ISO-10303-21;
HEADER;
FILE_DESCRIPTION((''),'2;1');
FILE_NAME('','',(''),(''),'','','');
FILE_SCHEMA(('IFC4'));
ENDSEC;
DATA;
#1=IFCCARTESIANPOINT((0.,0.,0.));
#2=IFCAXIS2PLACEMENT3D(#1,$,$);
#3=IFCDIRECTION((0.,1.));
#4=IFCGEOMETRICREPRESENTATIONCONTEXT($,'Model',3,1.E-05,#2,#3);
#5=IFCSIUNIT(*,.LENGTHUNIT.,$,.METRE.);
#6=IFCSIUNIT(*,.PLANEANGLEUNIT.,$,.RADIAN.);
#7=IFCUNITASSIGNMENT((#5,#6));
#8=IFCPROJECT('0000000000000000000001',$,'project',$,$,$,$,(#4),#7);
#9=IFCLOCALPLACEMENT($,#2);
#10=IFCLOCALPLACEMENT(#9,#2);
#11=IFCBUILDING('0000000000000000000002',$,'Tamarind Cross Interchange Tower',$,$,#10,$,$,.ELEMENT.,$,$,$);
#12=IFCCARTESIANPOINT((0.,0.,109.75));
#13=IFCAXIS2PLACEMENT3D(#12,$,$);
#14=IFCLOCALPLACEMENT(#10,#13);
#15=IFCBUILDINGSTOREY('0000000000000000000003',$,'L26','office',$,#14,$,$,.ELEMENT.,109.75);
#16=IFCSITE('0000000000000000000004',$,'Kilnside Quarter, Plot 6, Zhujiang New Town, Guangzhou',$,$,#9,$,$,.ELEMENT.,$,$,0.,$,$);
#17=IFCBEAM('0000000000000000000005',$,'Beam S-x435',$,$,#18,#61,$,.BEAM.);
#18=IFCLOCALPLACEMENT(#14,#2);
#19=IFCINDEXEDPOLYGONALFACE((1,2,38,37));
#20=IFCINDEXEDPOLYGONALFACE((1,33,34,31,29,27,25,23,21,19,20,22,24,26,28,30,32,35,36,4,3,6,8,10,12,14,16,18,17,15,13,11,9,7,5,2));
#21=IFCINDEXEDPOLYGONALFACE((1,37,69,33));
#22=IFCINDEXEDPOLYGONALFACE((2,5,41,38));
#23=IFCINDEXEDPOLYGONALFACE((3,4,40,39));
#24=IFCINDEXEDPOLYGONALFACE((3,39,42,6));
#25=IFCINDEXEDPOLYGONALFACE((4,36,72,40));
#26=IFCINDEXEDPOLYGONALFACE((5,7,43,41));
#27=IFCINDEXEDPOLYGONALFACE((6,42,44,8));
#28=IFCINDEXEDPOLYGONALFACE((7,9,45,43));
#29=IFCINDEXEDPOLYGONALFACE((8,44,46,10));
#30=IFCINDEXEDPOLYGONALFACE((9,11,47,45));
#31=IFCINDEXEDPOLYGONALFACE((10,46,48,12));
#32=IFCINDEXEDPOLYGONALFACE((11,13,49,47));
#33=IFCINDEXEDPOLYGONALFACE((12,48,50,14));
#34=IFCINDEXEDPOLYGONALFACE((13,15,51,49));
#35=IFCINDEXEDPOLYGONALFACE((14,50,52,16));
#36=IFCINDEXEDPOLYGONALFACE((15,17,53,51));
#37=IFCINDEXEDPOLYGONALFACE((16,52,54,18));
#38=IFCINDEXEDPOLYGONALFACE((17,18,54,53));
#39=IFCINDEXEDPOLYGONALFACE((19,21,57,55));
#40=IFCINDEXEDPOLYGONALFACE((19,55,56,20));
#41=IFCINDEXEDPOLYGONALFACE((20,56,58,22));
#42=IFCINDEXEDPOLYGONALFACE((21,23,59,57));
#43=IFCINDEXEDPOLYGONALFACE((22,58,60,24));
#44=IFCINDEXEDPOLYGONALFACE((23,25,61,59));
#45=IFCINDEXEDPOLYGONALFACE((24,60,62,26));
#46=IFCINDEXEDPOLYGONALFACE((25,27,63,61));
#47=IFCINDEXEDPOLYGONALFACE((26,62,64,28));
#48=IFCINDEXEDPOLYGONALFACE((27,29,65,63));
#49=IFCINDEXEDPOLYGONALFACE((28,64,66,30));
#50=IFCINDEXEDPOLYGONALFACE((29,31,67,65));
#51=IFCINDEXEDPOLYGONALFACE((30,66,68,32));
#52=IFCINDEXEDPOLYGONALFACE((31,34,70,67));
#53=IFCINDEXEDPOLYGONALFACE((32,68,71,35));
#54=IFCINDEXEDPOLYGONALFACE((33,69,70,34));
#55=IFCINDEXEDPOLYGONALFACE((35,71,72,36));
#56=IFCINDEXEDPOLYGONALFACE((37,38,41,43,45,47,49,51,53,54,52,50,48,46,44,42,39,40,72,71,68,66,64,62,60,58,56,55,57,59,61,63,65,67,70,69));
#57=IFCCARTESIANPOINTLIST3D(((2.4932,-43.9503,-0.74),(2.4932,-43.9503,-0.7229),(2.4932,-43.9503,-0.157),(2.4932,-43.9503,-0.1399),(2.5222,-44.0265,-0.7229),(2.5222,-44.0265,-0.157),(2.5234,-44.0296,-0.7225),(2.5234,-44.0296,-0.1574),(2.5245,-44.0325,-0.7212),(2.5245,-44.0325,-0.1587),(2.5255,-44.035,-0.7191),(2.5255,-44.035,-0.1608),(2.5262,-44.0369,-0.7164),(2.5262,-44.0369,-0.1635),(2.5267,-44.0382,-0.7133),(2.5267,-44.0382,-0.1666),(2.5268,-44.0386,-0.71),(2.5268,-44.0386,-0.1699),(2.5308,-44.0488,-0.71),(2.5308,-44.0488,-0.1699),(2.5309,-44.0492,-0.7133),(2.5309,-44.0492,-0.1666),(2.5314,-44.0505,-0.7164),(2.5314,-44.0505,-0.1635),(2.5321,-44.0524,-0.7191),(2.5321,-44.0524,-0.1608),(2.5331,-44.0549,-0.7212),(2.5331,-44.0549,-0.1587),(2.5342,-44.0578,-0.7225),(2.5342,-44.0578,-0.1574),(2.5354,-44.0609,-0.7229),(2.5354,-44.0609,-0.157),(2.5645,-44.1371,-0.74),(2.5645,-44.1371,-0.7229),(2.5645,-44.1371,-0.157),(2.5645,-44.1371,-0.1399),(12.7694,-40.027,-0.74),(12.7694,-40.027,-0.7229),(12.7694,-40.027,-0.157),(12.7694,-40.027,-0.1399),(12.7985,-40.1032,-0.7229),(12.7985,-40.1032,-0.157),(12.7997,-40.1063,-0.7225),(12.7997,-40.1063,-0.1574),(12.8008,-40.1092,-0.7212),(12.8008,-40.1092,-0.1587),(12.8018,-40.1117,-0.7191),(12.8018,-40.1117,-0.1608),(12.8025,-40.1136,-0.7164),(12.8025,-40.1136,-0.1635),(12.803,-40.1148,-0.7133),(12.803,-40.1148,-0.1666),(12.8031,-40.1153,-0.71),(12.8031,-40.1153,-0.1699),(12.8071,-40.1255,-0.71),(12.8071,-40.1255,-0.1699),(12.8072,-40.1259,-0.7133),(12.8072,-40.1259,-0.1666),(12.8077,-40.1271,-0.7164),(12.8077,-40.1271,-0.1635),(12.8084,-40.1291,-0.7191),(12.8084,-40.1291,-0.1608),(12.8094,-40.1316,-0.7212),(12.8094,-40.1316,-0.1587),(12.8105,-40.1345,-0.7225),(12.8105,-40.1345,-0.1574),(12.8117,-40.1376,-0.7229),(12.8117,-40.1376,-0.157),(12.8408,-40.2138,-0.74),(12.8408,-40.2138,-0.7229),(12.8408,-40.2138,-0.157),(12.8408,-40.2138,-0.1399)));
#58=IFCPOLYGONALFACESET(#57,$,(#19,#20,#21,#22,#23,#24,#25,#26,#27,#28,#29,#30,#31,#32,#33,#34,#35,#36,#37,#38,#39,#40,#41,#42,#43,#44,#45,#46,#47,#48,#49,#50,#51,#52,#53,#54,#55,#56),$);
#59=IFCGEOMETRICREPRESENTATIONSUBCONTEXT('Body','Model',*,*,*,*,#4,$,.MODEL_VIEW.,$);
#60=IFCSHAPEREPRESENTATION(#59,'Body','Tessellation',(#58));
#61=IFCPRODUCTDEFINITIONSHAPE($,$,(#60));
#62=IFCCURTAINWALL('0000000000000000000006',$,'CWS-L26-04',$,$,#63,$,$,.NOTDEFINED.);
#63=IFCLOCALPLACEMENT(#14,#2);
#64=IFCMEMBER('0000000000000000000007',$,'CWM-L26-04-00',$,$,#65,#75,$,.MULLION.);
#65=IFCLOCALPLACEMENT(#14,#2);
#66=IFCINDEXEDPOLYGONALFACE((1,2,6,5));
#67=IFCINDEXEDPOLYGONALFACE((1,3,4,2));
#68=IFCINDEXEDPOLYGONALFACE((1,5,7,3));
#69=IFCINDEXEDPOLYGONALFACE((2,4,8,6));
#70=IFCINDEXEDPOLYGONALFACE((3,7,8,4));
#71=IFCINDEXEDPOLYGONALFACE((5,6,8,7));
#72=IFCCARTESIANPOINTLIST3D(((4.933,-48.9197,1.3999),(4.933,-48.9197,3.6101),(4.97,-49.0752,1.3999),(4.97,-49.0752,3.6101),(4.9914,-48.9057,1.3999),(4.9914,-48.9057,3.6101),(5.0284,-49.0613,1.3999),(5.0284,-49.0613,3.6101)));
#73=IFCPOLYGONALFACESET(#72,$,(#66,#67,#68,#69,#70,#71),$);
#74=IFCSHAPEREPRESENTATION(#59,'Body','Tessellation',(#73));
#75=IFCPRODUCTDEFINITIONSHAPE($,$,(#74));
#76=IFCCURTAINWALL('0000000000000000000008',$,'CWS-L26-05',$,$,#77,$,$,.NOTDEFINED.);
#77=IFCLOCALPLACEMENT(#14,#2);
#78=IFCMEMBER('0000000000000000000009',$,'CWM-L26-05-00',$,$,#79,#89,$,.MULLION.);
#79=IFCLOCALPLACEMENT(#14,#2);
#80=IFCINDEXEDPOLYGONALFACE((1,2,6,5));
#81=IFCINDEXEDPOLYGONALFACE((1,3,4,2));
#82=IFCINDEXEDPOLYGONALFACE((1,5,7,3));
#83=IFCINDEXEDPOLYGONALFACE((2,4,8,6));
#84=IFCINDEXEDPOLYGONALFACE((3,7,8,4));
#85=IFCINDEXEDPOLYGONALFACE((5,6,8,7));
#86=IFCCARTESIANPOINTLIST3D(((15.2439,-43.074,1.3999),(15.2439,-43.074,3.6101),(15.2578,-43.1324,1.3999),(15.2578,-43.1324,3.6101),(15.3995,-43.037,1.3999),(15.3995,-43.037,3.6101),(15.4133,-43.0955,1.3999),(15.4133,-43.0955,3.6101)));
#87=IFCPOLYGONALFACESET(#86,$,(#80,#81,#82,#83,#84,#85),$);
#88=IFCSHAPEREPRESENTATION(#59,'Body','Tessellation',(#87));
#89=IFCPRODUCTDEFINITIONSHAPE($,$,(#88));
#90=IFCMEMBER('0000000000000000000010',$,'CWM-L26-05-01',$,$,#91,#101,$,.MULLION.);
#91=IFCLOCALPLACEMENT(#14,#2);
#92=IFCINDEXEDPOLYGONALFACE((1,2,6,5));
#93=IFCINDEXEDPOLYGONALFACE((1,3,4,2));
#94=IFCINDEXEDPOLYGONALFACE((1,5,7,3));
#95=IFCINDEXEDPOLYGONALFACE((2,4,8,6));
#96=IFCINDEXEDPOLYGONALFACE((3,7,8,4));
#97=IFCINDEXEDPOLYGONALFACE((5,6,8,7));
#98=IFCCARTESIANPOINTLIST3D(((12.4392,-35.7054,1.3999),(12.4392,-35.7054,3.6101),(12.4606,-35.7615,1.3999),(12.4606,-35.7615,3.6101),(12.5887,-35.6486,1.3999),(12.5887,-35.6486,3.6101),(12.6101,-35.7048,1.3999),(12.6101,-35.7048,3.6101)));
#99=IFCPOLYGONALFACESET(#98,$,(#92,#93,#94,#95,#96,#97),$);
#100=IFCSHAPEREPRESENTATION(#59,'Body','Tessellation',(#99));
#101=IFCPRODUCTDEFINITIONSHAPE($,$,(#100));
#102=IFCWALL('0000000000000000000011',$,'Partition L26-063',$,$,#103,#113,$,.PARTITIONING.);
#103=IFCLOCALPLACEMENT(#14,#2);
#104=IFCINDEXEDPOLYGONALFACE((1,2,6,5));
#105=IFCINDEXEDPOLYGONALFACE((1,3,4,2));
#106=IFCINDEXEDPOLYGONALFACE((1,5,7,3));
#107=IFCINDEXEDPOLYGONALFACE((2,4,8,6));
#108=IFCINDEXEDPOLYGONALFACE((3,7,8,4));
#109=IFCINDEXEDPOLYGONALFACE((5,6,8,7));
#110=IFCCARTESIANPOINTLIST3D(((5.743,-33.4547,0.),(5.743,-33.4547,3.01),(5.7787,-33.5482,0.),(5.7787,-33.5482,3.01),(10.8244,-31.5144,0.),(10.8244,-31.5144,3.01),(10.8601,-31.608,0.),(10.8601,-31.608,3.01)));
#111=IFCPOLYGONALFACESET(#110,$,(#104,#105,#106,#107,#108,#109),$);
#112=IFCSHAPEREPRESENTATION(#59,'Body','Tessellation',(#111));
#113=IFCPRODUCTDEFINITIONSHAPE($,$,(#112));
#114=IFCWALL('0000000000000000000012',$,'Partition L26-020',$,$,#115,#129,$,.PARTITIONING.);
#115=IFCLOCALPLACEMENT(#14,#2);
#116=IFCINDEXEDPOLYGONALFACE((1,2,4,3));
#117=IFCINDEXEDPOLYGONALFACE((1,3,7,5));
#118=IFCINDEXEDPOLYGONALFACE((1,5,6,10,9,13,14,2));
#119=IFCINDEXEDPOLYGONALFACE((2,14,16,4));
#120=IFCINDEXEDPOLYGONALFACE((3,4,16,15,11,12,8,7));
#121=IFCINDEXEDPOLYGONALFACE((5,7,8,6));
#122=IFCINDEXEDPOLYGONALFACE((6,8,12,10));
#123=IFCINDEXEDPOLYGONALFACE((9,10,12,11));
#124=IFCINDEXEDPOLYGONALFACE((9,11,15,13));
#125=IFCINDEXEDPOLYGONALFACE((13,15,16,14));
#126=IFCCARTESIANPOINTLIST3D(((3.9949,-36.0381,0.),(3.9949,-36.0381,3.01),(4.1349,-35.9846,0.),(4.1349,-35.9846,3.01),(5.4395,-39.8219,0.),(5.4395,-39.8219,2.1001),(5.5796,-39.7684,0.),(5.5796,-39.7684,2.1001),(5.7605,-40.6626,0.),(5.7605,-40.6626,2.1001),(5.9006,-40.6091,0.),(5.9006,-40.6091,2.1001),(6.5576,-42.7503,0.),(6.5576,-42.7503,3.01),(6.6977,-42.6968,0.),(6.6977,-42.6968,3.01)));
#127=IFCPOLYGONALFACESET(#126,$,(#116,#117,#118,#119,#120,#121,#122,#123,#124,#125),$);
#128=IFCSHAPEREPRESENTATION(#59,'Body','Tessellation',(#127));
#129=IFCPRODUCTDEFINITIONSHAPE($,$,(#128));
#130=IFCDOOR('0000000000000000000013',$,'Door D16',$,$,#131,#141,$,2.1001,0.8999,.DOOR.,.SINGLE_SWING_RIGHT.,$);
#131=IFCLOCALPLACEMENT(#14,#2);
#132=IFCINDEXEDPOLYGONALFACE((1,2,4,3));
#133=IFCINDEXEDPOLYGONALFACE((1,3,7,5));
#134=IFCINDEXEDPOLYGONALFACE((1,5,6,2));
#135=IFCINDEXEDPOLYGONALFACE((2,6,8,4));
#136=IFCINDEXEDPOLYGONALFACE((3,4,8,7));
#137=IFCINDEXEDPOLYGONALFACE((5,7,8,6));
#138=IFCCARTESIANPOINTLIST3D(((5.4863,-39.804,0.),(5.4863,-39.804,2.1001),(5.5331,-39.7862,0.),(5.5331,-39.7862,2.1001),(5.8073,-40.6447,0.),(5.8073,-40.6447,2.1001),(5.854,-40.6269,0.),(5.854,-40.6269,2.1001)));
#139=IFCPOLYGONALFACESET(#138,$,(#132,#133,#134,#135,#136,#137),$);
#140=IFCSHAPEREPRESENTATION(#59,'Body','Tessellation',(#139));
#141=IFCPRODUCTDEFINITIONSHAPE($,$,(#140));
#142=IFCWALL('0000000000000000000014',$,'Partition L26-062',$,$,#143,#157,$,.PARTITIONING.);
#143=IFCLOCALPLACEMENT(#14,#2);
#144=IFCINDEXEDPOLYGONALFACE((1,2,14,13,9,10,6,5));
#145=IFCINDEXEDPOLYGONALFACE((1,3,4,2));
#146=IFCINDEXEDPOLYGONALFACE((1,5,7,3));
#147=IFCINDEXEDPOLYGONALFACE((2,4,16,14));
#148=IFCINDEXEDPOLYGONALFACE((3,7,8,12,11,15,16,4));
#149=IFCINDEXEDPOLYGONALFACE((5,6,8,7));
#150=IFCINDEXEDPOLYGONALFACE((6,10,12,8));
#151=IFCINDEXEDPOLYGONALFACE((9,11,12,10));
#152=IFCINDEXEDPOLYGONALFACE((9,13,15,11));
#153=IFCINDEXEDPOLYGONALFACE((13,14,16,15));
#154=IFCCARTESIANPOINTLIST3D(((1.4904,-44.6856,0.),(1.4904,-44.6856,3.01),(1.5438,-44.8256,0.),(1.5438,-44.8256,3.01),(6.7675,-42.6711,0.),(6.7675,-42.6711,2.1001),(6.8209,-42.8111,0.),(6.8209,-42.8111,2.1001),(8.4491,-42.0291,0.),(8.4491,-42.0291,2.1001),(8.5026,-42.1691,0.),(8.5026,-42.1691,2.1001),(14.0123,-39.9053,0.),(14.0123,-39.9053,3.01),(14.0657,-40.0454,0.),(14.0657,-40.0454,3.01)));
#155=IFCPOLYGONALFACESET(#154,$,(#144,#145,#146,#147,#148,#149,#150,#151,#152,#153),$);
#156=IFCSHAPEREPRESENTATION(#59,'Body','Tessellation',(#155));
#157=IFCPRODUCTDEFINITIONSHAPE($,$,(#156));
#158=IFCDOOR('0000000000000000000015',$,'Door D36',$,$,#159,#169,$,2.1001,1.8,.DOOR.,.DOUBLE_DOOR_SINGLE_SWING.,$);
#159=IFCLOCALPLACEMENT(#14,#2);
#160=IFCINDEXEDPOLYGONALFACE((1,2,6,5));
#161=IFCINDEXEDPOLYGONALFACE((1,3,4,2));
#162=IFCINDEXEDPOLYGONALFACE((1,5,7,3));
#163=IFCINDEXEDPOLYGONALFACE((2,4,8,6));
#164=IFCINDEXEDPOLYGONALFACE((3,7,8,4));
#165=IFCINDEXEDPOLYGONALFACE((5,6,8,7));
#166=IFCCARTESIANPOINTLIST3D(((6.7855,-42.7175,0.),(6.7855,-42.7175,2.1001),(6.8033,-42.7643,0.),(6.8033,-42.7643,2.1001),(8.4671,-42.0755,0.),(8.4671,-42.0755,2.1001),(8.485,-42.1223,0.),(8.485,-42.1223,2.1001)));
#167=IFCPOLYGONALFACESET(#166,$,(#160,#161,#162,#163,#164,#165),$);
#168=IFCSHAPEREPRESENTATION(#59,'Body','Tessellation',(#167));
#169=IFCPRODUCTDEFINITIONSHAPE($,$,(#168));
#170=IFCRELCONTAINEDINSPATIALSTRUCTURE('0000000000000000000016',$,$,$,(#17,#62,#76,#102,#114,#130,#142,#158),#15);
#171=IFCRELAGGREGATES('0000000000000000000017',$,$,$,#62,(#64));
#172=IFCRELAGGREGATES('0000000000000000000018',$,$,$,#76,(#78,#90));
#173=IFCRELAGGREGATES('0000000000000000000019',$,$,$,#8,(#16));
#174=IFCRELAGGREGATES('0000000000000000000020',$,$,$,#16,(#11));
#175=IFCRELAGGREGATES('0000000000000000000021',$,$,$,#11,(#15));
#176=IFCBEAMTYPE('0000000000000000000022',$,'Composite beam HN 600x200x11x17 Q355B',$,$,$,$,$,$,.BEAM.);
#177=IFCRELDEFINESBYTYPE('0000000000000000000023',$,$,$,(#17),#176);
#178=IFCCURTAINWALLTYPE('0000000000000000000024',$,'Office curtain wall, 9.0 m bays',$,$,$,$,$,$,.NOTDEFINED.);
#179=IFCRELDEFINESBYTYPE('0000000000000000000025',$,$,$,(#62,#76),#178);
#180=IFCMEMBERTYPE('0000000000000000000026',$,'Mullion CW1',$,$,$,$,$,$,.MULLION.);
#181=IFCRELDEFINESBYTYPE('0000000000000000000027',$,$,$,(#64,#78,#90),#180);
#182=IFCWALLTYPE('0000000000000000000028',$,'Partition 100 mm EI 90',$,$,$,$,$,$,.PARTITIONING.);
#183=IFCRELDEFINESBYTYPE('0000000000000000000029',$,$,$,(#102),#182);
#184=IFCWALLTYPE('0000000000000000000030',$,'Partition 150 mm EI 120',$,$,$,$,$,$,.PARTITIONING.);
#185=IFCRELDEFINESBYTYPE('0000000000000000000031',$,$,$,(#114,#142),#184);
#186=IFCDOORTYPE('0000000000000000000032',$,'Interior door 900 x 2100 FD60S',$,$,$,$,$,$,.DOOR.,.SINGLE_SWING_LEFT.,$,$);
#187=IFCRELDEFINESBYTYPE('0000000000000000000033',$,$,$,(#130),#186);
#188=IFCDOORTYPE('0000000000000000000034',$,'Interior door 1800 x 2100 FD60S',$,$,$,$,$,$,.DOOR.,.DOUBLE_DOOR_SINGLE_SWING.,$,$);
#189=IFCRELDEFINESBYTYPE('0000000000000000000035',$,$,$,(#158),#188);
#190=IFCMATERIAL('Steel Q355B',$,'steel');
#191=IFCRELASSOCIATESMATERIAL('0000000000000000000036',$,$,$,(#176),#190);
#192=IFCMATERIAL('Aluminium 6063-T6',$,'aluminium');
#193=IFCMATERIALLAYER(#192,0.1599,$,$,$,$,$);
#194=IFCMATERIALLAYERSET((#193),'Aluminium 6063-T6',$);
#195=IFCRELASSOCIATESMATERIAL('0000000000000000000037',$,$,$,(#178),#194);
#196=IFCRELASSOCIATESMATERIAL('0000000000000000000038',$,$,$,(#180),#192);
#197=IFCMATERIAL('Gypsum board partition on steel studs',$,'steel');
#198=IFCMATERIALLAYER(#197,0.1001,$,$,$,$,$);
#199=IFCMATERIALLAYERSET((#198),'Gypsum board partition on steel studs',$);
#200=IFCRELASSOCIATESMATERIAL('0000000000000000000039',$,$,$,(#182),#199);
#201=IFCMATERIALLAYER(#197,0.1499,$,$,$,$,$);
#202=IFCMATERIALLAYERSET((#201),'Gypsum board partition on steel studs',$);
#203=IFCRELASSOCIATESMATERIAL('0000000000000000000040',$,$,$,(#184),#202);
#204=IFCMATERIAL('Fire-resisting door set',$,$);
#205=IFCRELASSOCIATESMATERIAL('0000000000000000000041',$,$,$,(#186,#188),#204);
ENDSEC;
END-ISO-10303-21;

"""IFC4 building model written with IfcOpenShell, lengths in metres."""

from ifc_helpers import new_model, si_unit, direction, frame, frame_2d, origin, origin_2d, place, context, subcontext, project, spatial, rectangle, i_section, extrude, material, layer, layer_set, material_profile, profile_set, type_object, element, fill, aggregate, save


model = new_model("IFC4")

# Units and contexts
model_context = context("Model", 3, precision=1e-05, world=origin(), true_north=direction((0.0, 1.0)))
body_context = subcontext(model_context, "Body", "Model", "MODEL_VIEW")
ifc_project = project(units=[si_unit("LENGTHUNIT", "METRE"), si_unit("PLANEANGLEUNIT", "RADIAN")], contexts=[model_context])

# Site, building, storey
site_placement = place(None, origin())
site = spatial("IfcSite", under=ifc_project, at=site_placement, Name="Kilnside Quarter, Plot 6, Zhujiang New Town, Guangzhou", CompositionType="ELEMENT", RefElevation=0.0)
building_placement = place(site_placement, origin())
building = spatial("IfcBuilding", under=site, at=building_placement, Name="Tamarind Cross Interchange Tower", CompositionType="ELEMENT")
storey_placement = place(building_placement, frame((0.0, 0.0, 109.75)))
storey = spatial("IfcBuildingStorey", under=building, at=storey_placement, Name="L26", Description="office", CompositionType="ELEMENT", Elevation=109.75)

# Beam
ifc_material_1 = material(Name="Steel Q355B", Category="steel")
ifc_material_profile_1 = material_profile(ifc_material_1, i_section(OverallWidth=0.2, OverallDepth=0.6001, WebThickness=0.011, FlangeThickness=0.0171, FilletRadius=0.0129, at=origin_2d()), Name="HN 600x200x11x17")
ifc_profile_set_1 = profile_set([ifc_material_profile_1], Name="Steel Q355B")
beam_type_1 = type_object("IfcBeamType", Name="Composite beam HN 600x200x11x17 Q355B", PredefinedType="BEAM", material=ifc_profile_set_1)
for number, where, z_axis, x_axis, name in (
    (1, (2.5288, -44.0437, -0.4399), (0.934229, 0.356673, 0.0), (-0.356673, 0.934229, 0.0), "Beam S-x435"),
):
    element("IfcBeam", number, at=place(storey_placement, frame(where, z_axis=z_axis, x_axis=x_axis)), inside=storey, type_object=beam_type_1, Name=name, PredefinedType="BEAM", context=body_context, shape_type="SweptSolid", body=[
        extrude(i_section(OverallWidth=0.2, OverallDepth=0.6001, WebThickness=0.011, FlangeThickness=0.0171, FilletRadius=0.0129, at=origin_2d()), origin(), (0.0, 0.0, 1.0), 10.9998),
    ])

# Curtain wall, member
ifc_material_2 = material(Name="Aluminium 6063-T6", Category="aluminium")
ifc_layer_1 = layer(ifc_material_2, 0.1599)
ifc_layer_set_1 = layer_set([ifc_layer_1], Name="Aluminium 6063-T6")
curtain_wall_type = type_object("IfcCurtainWallType", Name="Office curtain wall, 9.0 m bays", PredefinedType="NOTDEFINED", material=ifc_layer_set_1)
curtain_wall_1_placement = place(storey_placement, origin())
curtain_wall_1 = element("IfcCurtainWall", 2, at=curtain_wall_1_placement, inside=storey, type_object=curtain_wall_type, Name="CWS-L26-04", PredefinedType="NOTDEFINED")
ifc_material_profile_2 = material_profile(ifc_material_2, rectangle(XDim=0.0601, YDim=0.1599, at=origin_2d()), Name="Mullion CW1")
ifc_profile_set_2 = profile_set([ifc_material_profile_2], Name="Aluminium 6063-T6")
member_type = type_object("IfcMemberType", Name="Mullion CW1", PredefinedType="MULLION", material=ifc_profile_set_2)
member_1_placement = place(storey_placement, frame((4.9807, -48.9905, 1.3999), z_axis=(0.0, 0.0, 1.0), x_axis=(0.972792, 0.23168, 0.0)))
member_1 = element("IfcMember", 3, at=member_1_placement, type_object=member_type, Name="CWM-L26-04-00", PredefinedType="MULLION", context=body_context, shape_type="SweptSolid", body=[
    extrude(rectangle(XDim=0.0601, YDim=0.1599, at=origin_2d()), origin(), (0.0, 0.0, 1.0), 2.2102),
])
aggregate(curtain_wall_1, [member_1])

# Curtain wall, members
curtain_wall_2_placement = place(storey_placement, origin())
curtain_wall_2 = element("IfcCurtainWall", 4, at=curtain_wall_2_placement, inside=storey, type_object=curtain_wall_type, Name="CWS-L26-05", PredefinedType="NOTDEFINED")
member_2_placement = place(storey_placement, frame((15.3286, -43.0847, 1.3999), z_axis=(0.0, 0.0, 1.0), x_axis=(-0.230906, 0.972976, 0.0)))
member_2 = element("IfcMember", 5, at=member_2_placement, type_object=member_type, Name="CWM-L26-05-00", PredefinedType="MULLION", context=body_context, shape_type="SweptSolid", body=[
    extrude(rectangle(XDim=0.0601, YDim=0.1599, at=origin_2d()), origin(), (0.0, 0.0, 1.0), 2.2102),
])
member_3_placement = place(storey_placement, frame((12.5247, -35.7051, 1.3999), z_axis=(0.0, 0.0, 1.0), x_axis=(-0.355186, 0.934796, 0.0)))
member_3 = element("IfcMember", 6, at=member_3_placement, type_object=member_type, Name="CWM-L26-05-01", PredefinedType="MULLION", context=body_context, shape_type="SweptSolid", body=[
    extrude(rectangle(XDim=0.0601, YDim=0.1599, at=origin_2d()), origin(), (0.0, 0.0, 1.0), 2.2102),
])
aggregate(curtain_wall_2, [member_2, member_3])

# Wall
ifc_material_3 = material(Name="Gypsum board partition on steel studs", Category="steel")
ifc_layer_2 = layer(ifc_material_3, 0.1001)
ifc_layer_set_2 = layer_set([ifc_layer_2], Name="Gypsum board partition on steel studs")
wall_type_1 = type_object("IfcWallType", Name="Partition 100 mm EI 90", PredefinedType="PARTITIONING", material=ifc_layer_set_2)
wall_1_placement = place(storey_placement, frame((5.7607, -33.5015, 0.0), z_axis=(0.0, 0.0, 1.0), x_axis=(0.934215, 0.35671, 0.0)))
element("IfcWall", 7, at=wall_1_placement, inside=storey, type_object=wall_type_1, Name="Partition L26-063", PredefinedType="PARTITIONING", context=body_context, shape_type="SweptSolid", body=[
    extrude(rectangle(XDim=5.4392, YDim=0.1001, at=frame_2d((2.7197, 0.0))), origin(), (0.0, 0.0, 1.0), 3.01),
])

# Walls, openings, doors
ifc_layer_3 = layer(ifc_material_3, 0.1499)
ifc_layer_set_3 = layer_set([ifc_layer_3], Name="Gypsum board partition on steel studs")
wall_type_2 = type_object("IfcWallType", Name="Partition 150 mm EI 120", PredefinedType="PARTITIONING", material=ifc_layer_set_3)
wall_2_placement = place(storey_placement, frame((4.0649, -36.0115, 0.0), z_axis=(0.0, 0.0, 1.0), x_axis=(0.356692, -0.934222, 0.0)))
wall_2 = element("IfcWall", 8, at=wall_2_placement, inside=storey, type_object=wall_type_2, Name="Partition L26-020", PredefinedType="PARTITIONING", context=body_context, shape_type="SweptSolid", body=[
    extrude(rectangle(XDim=7.1848, YDim=0.1499, at=frame_2d((3.5923, 0.0))), origin(), (0.0, 0.0, 1.0), 3.01),
])
opening_1_placement = place(wall_2_placement, frame((4.05, 0.0, 0.0)))
opening_1 = element("IfcOpeningElement", 9, at=opening_1_placement, cuts=wall_2, PredefinedType="OPENING", context=body_context, shape_type="SweptSolid", body=[
    extrude(rectangle(XDim=0.8999, YDim=2.1001, at=frame_2d((0.45, 1.05))), frame((0.0, 0.085, 0.0), z_axis=(0.0, -1.0, 0.0), x_axis=(1.0, 0.0, 0.0)), (0.0, 0.0, 1.0), 0.1699),
])
ifc_material_4 = material(Name="Fire-resisting door set")
door_type_1 = type_object("IfcDoorType", Name="Interior door 900 x 2100 FD60S", OperationType="SINGLE_SWING_LEFT", PredefinedType="DOOR", material=ifc_material_4)
door_1_placement = place(opening_1_placement, frame((0.8999, 0.0, 0.0), z_axis=(0.0, 0.0, 1.0), x_axis=(-1.0, 0.0, 0.0)))
door_1 = element("IfcDoor", 10, at=door_1_placement, inside=storey, type_object=door_type_1, Name="Door D16", OperationType="SINGLE_SWING_RIGHT", OverallHeight=2.1001, OverallWidth=0.8999, PredefinedType="DOOR", context=body_context, shape_type="SweptSolid", body=[
    extrude(rectangle(XDim=0.8999, YDim=2.1001, at=frame_2d((0.45, 1.05))), frame((0.0, 0.0249, 0.0), z_axis=(0.0, -1.0, 0.0), x_axis=(1.0, 0.0, 0.0)), (0.0, 0.0, 1.0), 0.05),
])
fill(opening_1, door_1)
wall_3_placement = place(storey_placement, frame((1.5171, -44.7556, 0.0), z_axis=(0.0, 0.0, 1.0), x_axis=(0.934239, 0.356647, 0.0)))
wall_3 = element("IfcWall", 11, at=wall_3_placement, inside=storey, type_object=wall_type_2, Name="Partition L26-062", PredefinedType="PARTITIONING", context=body_context, shape_type="SweptSolid", body=[
    extrude(rectangle(XDim=13.4033, YDim=0.1499, at=frame_2d((6.7017, 0.0))), origin(), (0.0, 0.0, 1.0), 3.01),
])
opening_2_placement = place(wall_3_placement, frame((5.6487, 0.0, 0.0)))
opening_2 = element("IfcOpeningElement", 12, at=opening_2_placement, cuts=wall_3, PredefinedType="OPENING", context=body_context, shape_type="SweptSolid", body=[
    extrude(rectangle(XDim=1.8, YDim=2.1001, at=frame_2d((0.8999, 1.05))), frame((0.0, 0.085, 0.0), z_axis=(0.0, -1.0, 0.0), x_axis=(1.0, 0.0, 0.0)), (0.0, 0.0, 1.0), 0.1699),
])
door_type_2 = type_object("IfcDoorType", Name="Interior door 1800 x 2100 FD60S", OperationType="DOUBLE_DOOR_SINGLE_SWING", PredefinedType="DOOR", material=ifc_material_4)
door_2_placement = place(opening_2_placement, frame((1.8, 0.0, 0.0), z_axis=(0.0, 0.0, 1.0), x_axis=(-1.0, 0.0, 0.0)))
door_2 = element("IfcDoor", 13, at=door_2_placement, inside=storey, type_object=door_type_2, Name="Door D36", OperationType="DOUBLE_DOOR_SINGLE_SWING", OverallHeight=2.1001, OverallWidth=1.8, PredefinedType="DOOR", context=body_context, shape_type="SweptSolid", body=[
    extrude(rectangle(XDim=1.8, YDim=2.1001, at=frame_2d((0.8999, 1.05))), frame((0.0, 0.0249, 0.0), z_axis=(0.0, -1.0, 0.0), x_axis=(1.0, 0.0, 0.0)), (0.0, 0.0, 1.0), 0.05),
])
fill(opening_2, door_2)

save(model, "model.ifc")
